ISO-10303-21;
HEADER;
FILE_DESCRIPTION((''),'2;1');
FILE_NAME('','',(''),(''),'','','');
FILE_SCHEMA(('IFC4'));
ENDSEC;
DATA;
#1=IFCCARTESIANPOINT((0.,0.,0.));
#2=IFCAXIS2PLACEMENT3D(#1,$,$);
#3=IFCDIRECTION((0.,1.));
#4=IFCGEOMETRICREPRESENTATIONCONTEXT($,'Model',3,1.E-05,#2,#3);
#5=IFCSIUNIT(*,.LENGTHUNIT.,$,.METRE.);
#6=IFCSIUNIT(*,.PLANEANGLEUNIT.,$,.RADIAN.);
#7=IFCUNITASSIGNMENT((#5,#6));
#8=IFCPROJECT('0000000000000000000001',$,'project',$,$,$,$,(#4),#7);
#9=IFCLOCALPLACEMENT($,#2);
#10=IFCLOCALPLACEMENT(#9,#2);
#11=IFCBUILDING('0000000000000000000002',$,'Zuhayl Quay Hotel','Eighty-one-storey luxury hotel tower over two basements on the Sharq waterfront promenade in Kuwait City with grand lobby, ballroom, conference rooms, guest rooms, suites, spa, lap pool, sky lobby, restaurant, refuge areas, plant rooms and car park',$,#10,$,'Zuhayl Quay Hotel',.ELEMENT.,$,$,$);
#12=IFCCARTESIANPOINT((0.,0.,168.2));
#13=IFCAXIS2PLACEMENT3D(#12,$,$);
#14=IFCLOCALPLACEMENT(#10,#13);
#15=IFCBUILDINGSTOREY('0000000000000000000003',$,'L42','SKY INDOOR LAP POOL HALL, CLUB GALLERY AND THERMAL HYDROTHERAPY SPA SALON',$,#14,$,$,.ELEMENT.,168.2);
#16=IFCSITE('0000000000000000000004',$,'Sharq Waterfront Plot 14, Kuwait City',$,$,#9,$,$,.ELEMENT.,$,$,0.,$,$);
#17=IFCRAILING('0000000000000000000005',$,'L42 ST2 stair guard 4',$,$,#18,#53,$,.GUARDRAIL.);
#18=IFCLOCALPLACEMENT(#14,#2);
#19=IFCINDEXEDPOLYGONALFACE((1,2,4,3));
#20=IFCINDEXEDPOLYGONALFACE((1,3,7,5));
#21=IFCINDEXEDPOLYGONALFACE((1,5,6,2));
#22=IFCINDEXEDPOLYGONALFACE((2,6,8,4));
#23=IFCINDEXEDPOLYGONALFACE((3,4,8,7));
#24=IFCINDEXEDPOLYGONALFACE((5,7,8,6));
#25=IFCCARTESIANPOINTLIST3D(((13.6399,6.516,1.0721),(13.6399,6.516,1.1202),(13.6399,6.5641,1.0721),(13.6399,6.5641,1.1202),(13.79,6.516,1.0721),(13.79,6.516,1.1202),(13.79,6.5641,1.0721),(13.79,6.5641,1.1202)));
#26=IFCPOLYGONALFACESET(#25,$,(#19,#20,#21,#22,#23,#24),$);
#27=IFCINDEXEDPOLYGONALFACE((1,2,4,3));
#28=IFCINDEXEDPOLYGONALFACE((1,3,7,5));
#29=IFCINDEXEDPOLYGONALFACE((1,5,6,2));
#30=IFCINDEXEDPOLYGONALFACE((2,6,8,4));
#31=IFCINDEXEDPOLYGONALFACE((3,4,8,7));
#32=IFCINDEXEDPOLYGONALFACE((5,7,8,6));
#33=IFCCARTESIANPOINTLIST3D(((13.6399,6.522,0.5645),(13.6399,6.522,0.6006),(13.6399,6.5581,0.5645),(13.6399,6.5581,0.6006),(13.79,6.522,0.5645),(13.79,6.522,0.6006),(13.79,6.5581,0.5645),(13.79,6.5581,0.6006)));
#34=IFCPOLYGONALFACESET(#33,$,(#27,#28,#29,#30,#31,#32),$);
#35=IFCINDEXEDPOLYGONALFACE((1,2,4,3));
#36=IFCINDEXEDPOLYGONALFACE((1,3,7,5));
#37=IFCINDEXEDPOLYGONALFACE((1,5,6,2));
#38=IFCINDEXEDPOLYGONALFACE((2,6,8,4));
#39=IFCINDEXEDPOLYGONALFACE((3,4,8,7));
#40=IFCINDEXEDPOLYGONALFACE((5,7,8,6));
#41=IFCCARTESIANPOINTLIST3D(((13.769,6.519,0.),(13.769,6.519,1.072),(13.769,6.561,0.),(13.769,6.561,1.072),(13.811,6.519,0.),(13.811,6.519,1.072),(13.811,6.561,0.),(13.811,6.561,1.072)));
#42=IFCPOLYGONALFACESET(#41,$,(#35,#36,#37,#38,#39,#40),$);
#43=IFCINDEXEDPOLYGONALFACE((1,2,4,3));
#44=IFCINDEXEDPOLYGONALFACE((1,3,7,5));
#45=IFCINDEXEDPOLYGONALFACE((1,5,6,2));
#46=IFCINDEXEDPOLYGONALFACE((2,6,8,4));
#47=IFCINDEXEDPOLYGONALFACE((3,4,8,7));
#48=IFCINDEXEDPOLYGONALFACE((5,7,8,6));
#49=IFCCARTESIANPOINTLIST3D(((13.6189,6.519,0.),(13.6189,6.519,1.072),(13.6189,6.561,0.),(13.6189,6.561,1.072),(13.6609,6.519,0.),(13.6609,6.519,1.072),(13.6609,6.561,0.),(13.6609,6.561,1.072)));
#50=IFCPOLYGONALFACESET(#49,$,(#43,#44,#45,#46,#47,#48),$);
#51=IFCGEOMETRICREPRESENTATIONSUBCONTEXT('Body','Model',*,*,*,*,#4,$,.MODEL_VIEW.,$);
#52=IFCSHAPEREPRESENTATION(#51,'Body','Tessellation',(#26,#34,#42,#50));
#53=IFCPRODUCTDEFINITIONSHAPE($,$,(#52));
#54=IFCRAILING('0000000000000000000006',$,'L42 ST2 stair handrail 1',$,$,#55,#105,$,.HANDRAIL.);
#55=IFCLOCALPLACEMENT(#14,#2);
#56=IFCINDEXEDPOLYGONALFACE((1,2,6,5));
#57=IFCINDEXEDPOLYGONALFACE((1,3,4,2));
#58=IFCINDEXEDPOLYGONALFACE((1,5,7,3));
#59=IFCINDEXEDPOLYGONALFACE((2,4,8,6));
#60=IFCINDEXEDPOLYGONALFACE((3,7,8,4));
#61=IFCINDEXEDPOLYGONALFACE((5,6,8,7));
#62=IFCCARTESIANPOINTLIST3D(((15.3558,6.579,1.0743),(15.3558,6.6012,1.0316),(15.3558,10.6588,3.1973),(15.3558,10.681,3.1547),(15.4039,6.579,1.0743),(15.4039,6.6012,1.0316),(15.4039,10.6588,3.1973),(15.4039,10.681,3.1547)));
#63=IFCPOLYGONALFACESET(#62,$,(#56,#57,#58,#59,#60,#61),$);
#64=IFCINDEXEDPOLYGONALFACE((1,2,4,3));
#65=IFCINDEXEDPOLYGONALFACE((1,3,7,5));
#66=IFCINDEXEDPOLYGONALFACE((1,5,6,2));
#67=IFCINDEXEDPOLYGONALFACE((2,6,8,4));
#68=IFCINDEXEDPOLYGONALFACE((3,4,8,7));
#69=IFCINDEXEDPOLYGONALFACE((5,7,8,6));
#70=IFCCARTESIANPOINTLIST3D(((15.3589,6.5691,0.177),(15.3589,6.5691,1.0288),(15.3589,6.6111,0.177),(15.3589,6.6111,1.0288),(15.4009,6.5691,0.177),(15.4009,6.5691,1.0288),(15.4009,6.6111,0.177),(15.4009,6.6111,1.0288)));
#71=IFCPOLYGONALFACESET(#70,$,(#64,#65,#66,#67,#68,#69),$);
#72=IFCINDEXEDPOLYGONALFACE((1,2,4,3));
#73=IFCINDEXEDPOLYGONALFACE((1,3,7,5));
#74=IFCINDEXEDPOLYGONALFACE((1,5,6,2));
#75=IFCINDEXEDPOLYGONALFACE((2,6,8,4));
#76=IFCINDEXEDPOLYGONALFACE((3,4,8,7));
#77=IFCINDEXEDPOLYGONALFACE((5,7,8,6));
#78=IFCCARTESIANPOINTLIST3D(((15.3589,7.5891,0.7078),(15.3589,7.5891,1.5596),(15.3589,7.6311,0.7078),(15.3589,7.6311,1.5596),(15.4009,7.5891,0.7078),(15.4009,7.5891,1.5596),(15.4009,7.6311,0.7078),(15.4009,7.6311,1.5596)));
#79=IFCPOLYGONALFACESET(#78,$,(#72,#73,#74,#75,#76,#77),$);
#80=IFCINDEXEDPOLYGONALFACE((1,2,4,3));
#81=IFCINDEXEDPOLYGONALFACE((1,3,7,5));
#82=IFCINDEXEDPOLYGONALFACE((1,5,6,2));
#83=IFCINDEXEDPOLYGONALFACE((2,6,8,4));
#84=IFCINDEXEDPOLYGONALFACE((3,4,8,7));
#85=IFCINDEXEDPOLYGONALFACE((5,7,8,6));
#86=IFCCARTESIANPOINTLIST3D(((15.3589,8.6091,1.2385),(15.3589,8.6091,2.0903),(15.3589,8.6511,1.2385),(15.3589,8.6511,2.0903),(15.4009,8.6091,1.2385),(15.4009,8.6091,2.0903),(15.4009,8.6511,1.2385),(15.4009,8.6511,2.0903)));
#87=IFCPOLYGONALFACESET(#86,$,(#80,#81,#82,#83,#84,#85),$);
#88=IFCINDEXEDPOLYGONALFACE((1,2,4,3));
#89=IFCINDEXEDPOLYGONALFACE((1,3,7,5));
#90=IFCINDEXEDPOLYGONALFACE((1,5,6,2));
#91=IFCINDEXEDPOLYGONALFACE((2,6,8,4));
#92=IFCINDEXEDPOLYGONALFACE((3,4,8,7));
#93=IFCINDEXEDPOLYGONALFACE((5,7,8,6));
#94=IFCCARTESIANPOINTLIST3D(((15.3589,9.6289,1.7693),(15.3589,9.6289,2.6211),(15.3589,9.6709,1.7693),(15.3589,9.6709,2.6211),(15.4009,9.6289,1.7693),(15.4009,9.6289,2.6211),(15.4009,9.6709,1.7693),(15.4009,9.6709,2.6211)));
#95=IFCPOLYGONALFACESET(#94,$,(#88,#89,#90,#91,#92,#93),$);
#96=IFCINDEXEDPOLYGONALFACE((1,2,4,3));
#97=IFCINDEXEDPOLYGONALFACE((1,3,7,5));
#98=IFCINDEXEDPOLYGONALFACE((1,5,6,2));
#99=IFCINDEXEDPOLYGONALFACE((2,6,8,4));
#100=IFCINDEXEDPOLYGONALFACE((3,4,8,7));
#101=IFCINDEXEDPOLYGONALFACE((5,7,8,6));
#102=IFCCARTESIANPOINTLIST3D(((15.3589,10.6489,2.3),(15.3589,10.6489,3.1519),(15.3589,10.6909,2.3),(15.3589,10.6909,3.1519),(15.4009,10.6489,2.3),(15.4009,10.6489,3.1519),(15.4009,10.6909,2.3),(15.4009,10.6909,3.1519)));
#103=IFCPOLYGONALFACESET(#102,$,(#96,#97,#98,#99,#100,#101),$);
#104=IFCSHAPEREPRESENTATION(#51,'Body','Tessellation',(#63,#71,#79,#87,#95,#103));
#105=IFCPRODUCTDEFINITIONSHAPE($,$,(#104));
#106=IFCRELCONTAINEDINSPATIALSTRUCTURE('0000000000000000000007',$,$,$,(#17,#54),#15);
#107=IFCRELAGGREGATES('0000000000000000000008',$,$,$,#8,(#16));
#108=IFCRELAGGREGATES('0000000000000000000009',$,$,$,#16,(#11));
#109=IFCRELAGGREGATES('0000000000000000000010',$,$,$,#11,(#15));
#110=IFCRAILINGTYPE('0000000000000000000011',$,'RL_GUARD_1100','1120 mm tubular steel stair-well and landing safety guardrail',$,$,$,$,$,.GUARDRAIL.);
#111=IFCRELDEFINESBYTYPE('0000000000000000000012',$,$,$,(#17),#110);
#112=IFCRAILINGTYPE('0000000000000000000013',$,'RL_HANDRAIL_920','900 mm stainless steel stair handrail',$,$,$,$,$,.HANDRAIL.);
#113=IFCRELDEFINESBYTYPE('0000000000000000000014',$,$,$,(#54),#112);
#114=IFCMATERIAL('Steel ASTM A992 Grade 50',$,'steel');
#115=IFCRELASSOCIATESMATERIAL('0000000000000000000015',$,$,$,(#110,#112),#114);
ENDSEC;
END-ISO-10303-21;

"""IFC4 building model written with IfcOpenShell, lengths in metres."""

from ifc_helpers import new_model, si_unit, direction, frame, origin, origin_2d, place, context, subcontext, project, spatial, rectangle, extrude, material, type_object, element, save


model = new_model("IFC4")

# Units and contexts
model_context = context("Model", 3, precision=1e-05, world=origin(), true_north=direction((0.0, 1.0)))
body_context = subcontext(model_context, "Body", "Model", "MODEL_VIEW")
ifc_project = project(units=[si_unit("LENGTHUNIT", "METRE"), si_unit("PLANEANGLEUNIT", "RADIAN")], contexts=[model_context])

# Site, building, storey
site_placement = place(None, origin())
site = spatial("IfcSite", under=ifc_project, at=site_placement, Name="Sharq Waterfront Plot 14, Kuwait City", CompositionType="ELEMENT", RefElevation=0.0)
building_placement = place(site_placement, origin())
building = spatial("IfcBuilding", under=site, at=building_placement, Name="Zuhayl Quay Hotel", Description="Eighty-one-storey luxury hotel tower over two basements on the Sharq waterfront promenade in Kuwait City with grand lobby, ballroom, conference rooms, guest rooms, suites, spa, lap pool, sky lobby, restaurant, refuge areas, plant rooms and car park", LongName="Zuhayl Quay Hotel", CompositionType="ELEMENT")
storey_placement = place(building_placement, frame((0.0, 0.0, 168.2)))
storey = spatial("IfcBuildingStorey", under=building, at=storey_placement, Name="L42", Description="SKY INDOOR LAP POOL HALL, CLUB GALLERY AND THERMAL HYDROTHERAPY SPA SALON", CompositionType="ELEMENT", Elevation=168.2)

# Railings
ifc_material_1 = material(Name="Steel ASTM A992 Grade 50", Category="steel")
railing_type_1 = type_object("IfcRailingType", Name="RL_GUARD_1100", Description="1120 mm tubular steel stair-well and landing safety guardrail", PredefinedType="GUARDRAIL", material=ifc_material_1)
railing_1_placement = place(storey_placement, frame((13.79, 6.54, 0.0)))
element("IfcRailing", 1, at=railing_1_placement, inside=storey, type_object=railing_type_1, Name="L42 ST2 stair guard 4", PredefinedType="GUARDRAIL", context=body_context, shape_type="SweptSolid", body=[
    extrude(rectangle(XDim=0.0481, YDim=0.0481, at=origin_2d()), frame((0.0, 0.0, 1.0962), z_axis=(-1.0, 0.0, 0.0), x_axis=(0.0, -1.0, 0.0)), (0.0, 0.0, 1.0), 0.1501),
    extrude(rectangle(XDim=0.0361, YDim=0.0361, at=origin_2d()), frame((0.0, 0.0, 0.5825), z_axis=(-1.0, 0.0, 0.0), x_axis=(0.0, -1.0, 0.0)), (0.0, 0.0, 1.0), 0.1501),
    extrude(rectangle(XDim=0.042, YDim=0.042, at=origin_2d()), origin(), (0.0, 0.0, 1.0), 1.072),
    extrude(rectangle(XDim=0.042, YDim=0.042, at=origin_2d()), frame((-0.1501, 0.0, 0.0)), (0.0, 0.0, 1.0), 1.072),
])
railing_type_2 = type_object("IfcRailingType", Name="RL_HANDRAIL_920", Description="900 mm stainless steel stair handrail", PredefinedType="HANDRAIL", material=ifc_material_1)
railing_2_placement = place(storey_placement, frame((15.3799, 6.5901, 0.177)))
element("IfcRailing", 2, at=railing_2_placement, inside=storey, type_object=railing_type_2, Name="L42 ST2 stair handrail 1", PredefinedType="HANDRAIL", context=body_context, shape_type="SweptSolid", body=[
    extrude(rectangle(XDim=0.0481, YDim=0.0481, at=origin_2d()), frame((0.0, 0.0, 0.876), z_axis=(0.0, 0.88708, 0.461615), x_axis=(-1.0, 0.0, 0.0)), (0.0, 0.0, 1.0), 4.5991),
    extrude(rectangle(XDim=0.042, YDim=0.042, at=origin_2d()), origin(), (0.0, 0.0, 1.0), 0.8518),
    extrude(rectangle(XDim=0.042, YDim=0.042, at=origin_2d()), frame((0.0, 1.02, 0.5308)), (0.0, 0.0, 1.0), 0.8518),
    extrude(rectangle(XDim=0.042, YDim=0.042, at=origin_2d()), frame((0.0, 2.04, 1.0615)), (0.0, 0.0, 1.0), 0.8518),
    extrude(rectangle(XDim=0.042, YDim=0.042, at=origin_2d()), frame((0.0, 3.0598, 1.5923)), (0.0, 0.0, 1.0), 0.8518),
    extrude(rectangle(XDim=0.042, YDim=0.042, at=origin_2d()), frame((0.0, 4.0798, 2.123)), (0.0, 0.0, 1.0), 0.8518),
])

save(model, "model.ifc")
